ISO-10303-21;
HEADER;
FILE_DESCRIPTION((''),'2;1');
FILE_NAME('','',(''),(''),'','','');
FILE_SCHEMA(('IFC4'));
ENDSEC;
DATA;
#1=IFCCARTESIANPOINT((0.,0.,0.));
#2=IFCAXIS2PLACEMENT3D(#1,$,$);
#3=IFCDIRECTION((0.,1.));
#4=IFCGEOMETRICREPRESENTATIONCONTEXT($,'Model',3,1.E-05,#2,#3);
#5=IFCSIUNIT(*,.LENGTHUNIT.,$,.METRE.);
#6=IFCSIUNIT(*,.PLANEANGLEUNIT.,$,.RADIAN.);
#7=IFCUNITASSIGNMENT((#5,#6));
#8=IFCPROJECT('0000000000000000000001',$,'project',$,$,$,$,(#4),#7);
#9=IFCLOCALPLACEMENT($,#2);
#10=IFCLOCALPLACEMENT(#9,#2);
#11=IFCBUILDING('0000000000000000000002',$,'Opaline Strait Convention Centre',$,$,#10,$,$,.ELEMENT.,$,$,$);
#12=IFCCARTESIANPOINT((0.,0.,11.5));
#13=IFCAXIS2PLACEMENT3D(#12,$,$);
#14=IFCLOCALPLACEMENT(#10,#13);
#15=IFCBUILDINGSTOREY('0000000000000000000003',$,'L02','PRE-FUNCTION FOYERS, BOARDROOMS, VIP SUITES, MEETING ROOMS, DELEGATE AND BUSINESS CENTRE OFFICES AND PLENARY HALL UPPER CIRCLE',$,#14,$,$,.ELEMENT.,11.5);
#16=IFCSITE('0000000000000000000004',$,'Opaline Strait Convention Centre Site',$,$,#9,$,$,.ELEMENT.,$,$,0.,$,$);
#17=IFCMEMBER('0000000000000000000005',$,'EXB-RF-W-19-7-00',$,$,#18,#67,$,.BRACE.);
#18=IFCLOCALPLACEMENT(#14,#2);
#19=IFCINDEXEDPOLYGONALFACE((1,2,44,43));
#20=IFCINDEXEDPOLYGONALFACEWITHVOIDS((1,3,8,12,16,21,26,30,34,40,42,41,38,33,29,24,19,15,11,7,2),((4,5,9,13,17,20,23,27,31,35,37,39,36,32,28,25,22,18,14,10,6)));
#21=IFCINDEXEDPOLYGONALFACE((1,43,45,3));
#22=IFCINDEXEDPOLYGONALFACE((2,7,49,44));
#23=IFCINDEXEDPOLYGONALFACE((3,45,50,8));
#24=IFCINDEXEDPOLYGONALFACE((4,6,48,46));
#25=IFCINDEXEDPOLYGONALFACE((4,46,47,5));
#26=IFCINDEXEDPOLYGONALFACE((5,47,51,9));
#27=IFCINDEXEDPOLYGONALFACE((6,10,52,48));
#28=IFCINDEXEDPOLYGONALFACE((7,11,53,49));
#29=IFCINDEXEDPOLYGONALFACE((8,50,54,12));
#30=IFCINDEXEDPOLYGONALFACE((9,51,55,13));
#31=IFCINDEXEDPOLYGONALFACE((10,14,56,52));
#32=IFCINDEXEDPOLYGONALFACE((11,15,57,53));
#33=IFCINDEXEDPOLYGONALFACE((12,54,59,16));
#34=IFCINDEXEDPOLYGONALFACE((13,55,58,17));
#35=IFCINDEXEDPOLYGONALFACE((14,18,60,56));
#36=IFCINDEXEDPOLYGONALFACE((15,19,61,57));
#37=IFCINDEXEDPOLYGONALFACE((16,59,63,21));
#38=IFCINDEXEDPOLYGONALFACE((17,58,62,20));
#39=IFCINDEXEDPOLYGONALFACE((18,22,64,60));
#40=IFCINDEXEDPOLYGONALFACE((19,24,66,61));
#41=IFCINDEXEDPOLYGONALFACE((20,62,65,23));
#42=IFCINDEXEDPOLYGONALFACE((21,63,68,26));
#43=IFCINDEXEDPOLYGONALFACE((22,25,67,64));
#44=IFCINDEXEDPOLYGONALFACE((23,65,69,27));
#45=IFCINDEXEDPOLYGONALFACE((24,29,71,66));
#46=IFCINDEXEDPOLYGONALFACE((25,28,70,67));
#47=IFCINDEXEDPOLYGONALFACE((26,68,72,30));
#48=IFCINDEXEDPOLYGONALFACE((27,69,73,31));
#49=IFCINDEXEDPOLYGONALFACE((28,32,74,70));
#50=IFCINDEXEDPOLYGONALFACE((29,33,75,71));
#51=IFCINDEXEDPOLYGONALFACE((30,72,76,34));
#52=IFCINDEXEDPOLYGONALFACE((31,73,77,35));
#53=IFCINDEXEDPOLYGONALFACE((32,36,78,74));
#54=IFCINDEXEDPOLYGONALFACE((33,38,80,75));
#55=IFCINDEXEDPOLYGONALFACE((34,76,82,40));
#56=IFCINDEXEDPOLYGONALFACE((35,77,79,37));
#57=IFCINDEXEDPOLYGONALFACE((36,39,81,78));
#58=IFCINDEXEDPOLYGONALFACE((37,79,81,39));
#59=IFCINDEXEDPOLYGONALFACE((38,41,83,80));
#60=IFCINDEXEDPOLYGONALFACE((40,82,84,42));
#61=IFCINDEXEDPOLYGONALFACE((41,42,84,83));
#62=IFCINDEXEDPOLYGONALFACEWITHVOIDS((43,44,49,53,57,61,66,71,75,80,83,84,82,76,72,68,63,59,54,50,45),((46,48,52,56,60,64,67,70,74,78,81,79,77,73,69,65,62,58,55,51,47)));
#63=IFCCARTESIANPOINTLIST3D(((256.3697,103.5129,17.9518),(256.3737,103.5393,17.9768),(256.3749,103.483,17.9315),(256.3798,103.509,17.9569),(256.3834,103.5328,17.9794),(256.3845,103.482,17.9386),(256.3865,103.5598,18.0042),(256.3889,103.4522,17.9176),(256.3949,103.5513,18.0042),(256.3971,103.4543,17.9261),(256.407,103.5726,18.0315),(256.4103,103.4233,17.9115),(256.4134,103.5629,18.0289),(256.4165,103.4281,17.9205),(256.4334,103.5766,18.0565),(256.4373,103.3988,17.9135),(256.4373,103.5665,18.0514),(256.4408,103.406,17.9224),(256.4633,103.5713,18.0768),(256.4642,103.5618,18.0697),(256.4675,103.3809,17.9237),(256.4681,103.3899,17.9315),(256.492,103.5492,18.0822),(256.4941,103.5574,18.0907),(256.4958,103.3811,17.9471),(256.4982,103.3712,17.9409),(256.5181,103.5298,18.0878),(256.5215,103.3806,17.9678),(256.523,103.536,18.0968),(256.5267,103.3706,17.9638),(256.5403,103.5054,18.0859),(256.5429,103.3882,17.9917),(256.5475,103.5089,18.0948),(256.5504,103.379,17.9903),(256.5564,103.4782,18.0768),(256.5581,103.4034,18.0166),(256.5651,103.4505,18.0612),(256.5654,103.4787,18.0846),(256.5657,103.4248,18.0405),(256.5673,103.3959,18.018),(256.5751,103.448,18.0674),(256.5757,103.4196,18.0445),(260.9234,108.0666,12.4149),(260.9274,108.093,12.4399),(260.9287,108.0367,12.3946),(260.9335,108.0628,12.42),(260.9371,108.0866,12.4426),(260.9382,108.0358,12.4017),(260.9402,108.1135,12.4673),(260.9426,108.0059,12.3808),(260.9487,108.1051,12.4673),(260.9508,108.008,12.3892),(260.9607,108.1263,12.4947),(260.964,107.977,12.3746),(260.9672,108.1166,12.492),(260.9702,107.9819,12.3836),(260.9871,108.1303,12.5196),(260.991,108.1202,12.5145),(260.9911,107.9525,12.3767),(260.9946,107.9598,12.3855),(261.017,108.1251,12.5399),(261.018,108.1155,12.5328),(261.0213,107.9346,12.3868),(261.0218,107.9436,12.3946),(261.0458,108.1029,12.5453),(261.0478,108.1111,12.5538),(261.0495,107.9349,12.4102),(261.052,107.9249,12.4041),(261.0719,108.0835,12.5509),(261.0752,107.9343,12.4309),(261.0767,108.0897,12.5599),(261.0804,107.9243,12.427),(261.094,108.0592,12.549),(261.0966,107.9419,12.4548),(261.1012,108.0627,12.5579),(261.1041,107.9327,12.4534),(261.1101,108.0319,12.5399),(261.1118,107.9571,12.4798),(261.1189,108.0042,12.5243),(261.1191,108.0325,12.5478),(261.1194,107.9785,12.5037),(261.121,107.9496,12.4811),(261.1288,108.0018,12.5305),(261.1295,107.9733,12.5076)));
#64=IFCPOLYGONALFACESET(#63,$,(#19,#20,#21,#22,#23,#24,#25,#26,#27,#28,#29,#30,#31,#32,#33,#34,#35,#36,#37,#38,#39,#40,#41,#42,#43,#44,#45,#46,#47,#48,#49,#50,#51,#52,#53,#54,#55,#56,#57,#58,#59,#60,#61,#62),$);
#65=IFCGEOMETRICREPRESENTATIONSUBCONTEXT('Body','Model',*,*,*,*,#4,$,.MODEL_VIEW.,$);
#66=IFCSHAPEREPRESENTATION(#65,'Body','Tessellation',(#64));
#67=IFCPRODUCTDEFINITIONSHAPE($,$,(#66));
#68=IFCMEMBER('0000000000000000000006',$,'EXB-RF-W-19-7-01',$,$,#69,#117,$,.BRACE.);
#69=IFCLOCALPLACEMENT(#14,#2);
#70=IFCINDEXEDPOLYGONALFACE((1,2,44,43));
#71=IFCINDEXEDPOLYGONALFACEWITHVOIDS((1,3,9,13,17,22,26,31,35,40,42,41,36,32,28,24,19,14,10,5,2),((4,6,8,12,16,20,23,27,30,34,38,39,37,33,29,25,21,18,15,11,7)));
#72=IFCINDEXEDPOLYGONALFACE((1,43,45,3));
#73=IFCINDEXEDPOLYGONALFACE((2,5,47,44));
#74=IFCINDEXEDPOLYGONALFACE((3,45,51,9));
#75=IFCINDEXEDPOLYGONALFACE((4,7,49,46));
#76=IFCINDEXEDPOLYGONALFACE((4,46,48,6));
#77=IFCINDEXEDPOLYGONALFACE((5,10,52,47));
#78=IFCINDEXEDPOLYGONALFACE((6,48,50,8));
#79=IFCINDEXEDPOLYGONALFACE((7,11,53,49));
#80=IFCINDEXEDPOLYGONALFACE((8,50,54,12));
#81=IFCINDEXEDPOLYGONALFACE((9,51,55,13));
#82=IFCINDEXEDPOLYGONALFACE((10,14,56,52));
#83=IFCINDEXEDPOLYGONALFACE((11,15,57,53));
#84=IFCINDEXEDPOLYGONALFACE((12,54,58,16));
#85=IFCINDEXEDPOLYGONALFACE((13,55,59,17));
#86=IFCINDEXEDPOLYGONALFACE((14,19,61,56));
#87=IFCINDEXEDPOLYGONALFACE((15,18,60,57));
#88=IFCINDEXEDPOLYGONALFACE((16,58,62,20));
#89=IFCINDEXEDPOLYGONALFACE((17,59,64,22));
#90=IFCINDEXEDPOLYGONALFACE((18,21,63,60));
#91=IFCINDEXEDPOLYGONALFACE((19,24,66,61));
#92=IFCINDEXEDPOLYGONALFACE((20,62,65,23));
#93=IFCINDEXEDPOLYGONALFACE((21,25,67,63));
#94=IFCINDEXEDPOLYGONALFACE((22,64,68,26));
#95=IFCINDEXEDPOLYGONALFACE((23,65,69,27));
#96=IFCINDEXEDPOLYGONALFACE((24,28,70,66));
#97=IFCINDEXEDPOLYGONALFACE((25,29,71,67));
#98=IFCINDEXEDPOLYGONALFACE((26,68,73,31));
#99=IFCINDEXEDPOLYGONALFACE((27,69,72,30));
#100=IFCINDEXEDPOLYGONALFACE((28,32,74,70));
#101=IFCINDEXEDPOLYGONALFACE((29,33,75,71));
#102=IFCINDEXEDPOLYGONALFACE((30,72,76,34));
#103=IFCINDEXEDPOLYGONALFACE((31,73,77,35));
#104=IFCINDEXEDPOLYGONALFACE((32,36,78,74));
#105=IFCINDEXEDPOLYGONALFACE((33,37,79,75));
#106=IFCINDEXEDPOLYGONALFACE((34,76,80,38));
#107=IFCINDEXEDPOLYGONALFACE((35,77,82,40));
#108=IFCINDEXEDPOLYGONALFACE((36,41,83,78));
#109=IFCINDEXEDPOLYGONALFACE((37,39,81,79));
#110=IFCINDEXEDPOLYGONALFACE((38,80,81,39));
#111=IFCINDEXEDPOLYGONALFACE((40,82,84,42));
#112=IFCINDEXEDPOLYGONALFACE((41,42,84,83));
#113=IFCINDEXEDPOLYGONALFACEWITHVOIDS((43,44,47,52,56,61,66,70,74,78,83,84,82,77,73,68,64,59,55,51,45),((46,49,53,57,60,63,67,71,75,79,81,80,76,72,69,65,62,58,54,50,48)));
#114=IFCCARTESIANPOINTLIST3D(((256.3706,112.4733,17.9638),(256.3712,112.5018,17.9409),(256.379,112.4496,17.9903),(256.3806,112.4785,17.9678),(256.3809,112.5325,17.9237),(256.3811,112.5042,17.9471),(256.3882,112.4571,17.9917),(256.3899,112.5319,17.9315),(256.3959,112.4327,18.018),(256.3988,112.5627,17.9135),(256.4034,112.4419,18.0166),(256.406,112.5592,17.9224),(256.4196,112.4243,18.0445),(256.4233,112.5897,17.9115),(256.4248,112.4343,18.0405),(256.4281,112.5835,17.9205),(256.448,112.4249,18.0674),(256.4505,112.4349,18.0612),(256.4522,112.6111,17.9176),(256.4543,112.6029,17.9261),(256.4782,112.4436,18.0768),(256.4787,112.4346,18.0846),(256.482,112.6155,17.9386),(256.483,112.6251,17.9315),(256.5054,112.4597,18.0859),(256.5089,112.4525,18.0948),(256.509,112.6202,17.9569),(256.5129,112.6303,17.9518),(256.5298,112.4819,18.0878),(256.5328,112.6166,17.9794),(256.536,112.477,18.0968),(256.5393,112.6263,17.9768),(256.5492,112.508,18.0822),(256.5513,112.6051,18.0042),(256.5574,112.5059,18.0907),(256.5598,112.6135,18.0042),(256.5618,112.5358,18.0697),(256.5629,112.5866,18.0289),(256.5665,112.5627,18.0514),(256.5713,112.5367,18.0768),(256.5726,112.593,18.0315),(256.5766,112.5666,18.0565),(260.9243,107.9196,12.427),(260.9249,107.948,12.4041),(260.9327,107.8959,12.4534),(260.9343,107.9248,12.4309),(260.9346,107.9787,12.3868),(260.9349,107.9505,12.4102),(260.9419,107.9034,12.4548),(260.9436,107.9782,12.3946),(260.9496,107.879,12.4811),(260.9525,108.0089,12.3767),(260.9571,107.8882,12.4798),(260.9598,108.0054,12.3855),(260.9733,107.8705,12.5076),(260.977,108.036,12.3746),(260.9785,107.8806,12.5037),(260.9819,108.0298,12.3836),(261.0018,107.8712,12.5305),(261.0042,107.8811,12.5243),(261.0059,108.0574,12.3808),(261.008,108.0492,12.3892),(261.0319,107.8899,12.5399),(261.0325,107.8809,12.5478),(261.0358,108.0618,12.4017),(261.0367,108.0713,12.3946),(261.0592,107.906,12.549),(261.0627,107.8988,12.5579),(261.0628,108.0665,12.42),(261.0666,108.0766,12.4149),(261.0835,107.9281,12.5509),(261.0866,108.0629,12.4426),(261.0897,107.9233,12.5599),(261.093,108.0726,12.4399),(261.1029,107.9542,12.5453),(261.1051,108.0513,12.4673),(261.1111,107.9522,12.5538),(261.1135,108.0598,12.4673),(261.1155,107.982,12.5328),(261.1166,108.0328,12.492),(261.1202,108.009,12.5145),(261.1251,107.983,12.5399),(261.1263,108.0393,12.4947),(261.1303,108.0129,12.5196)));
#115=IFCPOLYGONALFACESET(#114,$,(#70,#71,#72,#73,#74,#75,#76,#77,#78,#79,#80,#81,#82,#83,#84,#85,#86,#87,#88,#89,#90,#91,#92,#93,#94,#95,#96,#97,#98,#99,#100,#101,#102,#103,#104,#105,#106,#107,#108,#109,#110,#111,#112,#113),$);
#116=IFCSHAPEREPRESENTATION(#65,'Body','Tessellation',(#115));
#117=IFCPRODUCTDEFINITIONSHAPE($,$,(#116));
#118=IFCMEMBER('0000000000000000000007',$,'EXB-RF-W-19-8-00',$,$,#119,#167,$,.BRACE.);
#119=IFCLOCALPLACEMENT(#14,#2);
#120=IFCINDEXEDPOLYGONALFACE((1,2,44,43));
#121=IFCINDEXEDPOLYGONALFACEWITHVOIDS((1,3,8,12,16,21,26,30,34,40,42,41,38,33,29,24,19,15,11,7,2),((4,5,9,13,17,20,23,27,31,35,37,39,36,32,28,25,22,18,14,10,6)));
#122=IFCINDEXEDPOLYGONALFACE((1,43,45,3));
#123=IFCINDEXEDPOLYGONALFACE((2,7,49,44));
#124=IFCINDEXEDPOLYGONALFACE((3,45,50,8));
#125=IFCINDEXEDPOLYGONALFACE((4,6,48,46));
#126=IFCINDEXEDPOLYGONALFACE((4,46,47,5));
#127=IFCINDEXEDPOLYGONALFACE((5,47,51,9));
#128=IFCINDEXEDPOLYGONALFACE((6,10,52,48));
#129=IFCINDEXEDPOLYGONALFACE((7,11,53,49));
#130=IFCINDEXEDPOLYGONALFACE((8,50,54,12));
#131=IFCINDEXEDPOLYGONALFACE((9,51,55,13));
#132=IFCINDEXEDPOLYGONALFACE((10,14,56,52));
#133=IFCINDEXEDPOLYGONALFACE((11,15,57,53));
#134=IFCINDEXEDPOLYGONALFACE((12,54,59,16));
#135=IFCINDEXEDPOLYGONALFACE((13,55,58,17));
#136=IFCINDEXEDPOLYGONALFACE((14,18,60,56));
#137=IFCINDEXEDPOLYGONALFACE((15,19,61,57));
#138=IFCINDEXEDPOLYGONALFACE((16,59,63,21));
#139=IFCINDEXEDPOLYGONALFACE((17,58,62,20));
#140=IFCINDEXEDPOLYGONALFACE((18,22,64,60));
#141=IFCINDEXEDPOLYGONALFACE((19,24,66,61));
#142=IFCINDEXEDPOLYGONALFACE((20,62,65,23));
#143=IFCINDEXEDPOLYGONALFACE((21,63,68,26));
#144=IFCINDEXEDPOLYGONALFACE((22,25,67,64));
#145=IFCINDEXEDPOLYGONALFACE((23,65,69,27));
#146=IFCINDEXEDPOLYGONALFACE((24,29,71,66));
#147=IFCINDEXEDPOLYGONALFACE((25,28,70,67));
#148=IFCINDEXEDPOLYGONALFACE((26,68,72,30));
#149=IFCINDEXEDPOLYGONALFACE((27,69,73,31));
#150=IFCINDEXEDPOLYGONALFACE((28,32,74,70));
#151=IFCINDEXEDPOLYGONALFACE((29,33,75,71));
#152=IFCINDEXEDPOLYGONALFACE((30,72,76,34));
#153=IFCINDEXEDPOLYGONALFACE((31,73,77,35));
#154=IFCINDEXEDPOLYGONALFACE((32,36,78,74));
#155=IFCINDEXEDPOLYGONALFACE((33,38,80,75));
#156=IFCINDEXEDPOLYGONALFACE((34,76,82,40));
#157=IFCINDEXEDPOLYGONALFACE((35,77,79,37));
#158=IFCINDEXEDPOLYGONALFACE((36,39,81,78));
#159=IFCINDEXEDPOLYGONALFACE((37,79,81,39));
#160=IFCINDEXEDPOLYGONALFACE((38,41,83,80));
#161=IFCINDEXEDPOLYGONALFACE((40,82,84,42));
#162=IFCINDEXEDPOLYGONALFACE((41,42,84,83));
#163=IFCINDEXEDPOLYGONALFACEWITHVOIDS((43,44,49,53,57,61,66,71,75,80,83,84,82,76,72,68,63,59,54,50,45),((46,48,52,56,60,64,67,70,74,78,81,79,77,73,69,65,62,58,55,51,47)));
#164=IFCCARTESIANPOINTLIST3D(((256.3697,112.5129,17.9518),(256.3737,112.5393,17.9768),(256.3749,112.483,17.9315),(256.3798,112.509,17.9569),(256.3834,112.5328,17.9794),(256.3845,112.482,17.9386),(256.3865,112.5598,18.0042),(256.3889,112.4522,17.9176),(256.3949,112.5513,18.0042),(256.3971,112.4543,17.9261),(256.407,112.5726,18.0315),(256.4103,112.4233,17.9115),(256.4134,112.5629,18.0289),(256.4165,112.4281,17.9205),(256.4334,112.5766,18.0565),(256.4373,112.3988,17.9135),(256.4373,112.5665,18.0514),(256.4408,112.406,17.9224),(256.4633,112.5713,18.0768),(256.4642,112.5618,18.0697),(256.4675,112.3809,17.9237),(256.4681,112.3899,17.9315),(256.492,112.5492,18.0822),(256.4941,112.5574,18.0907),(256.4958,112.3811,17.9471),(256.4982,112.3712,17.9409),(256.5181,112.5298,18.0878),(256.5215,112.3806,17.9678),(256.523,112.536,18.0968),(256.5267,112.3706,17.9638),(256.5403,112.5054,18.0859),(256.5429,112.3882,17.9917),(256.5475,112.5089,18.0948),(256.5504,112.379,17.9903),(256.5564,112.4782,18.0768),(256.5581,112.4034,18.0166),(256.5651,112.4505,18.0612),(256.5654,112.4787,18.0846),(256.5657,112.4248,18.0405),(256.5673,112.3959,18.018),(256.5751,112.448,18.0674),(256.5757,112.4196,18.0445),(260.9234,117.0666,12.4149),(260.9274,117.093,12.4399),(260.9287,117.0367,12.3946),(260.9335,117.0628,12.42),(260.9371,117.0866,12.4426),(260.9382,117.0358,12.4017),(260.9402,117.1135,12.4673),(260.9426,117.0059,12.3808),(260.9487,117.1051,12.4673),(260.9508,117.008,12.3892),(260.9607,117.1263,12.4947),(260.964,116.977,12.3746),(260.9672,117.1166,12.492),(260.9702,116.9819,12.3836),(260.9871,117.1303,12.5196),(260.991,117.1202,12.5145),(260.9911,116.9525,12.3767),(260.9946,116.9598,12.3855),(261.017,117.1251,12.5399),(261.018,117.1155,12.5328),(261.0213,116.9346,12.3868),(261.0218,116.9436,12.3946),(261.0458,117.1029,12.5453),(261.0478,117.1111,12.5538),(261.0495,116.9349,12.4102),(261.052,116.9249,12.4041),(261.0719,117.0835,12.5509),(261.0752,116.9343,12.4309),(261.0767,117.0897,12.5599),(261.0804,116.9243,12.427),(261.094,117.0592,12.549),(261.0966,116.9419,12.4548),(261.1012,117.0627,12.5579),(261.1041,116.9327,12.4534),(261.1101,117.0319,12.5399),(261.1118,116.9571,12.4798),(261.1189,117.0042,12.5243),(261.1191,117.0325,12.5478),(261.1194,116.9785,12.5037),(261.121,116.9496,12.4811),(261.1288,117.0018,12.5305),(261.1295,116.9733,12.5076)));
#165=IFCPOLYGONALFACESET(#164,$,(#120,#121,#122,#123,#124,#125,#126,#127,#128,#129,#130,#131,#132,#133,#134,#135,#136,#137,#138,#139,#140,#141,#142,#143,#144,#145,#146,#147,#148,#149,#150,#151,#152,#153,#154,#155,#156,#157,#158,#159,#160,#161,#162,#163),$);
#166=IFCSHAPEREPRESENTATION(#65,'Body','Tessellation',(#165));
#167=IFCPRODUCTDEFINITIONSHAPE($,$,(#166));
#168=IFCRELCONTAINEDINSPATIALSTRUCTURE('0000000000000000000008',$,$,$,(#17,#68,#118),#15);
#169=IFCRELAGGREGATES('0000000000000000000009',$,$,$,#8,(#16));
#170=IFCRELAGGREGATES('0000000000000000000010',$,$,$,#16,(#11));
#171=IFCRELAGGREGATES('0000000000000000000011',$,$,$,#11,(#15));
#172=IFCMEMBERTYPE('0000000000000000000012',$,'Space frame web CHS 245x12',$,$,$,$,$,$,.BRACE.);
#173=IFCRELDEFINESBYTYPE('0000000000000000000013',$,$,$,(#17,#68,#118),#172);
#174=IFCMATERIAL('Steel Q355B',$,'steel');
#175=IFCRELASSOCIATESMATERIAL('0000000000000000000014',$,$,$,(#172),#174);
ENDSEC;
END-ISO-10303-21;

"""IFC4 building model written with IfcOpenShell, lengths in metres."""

from ifc_helpers import new_model, si_unit, direction, frame, origin, origin_2d, place, context, subcontext, project, spatial, hollow_circle, extrude, material, material_profile, profile_set, type_object, element, save


model = new_model("IFC4")

# Units and contexts
model_context = context("Model", 3, precision=1e-05, world=origin(), true_north=direction((0.0, 1.0)))
body_context = subcontext(model_context, "Body", "Model", "MODEL_VIEW")
ifc_project = project(units=[si_unit("LENGTHUNIT", "METRE"), si_unit("PLANEANGLEUNIT", "RADIAN")], contexts=[model_context])

# Site, building, storey
site_placement = place(None, origin())
site = spatial("IfcSite", under=ifc_project, at=site_placement, Name="Opaline Strait Convention Centre Site", CompositionType="ELEMENT", RefElevation=0.0)
building_placement = place(site_placement, origin())
building = spatial("IfcBuilding", under=site, at=building_placement, Name="Opaline Strait Convention Centre", CompositionType="ELEMENT")
storey_placement = place(building_placement, frame((0.0, 0.0, 11.5)))
storey = spatial("IfcBuildingStorey", under=building, at=storey_placement, Name="L02", Description="PRE-FUNCTION FOYERS, BOARDROOMS, VIP SUITES, MEETING ROOMS, DELEGATE AND BUSINESS CENTRE OFFICES AND PLENARY HALL UPPER CIRCLE", CompositionType="ELEMENT", Elevation=11.5)

# Members
ifc_material = material(Name="Steel Q355B", Category="steel")
ifc_material_profile_1 = material_profile(ifc_material, hollow_circle(Radius=0.1226, WallThickness=0.012, at=origin_2d()), Name="CHS 245x12")
ifc_profile_set_1 = profile_set([ifc_material_profile_1], Name="Steel Q355B")
member_type_1 = type_object("IfcMemberType", Name="Space frame web CHS 245x12", PredefinedType="BRACE", material=ifc_profile_set_1)
for number, where, z_axis, x_axis, name in (
    (1, (256.4731, 103.4731, 18.0042), (0.536178, 0.536178, -0.65194), (-0.707107, 0.707107, 0.0), "EXB-RF-W-19-7-00"),
    (2, (256.4731, 112.5269, 18.0042), (0.536178, -0.536178, -0.65194), (0.707107, 0.707107, 0.0), "EXB-RF-W-19-7-01"),
    (3, (256.4731, 112.4731, 18.0042), (0.536178, 0.536178, -0.65194), (-0.707107, 0.707107, 0.0), "EXB-RF-W-19-8-00"),
):
    element("IfcMember", number, at=place(storey_placement, frame(where, z_axis=z_axis, x_axis=x_axis)), inside=storey, type_object=member_type_1, Name=name, PredefinedType="BRACE", context=body_context, shape_type="SweptSolid", body=[
        extrude(hollow_circle(Radius=0.1226, WallThickness=0.012, at=origin_2d()), origin(), (0.0, 0.0, 1.0), 8.4929),
    ])

save(model, "model.ifc")
